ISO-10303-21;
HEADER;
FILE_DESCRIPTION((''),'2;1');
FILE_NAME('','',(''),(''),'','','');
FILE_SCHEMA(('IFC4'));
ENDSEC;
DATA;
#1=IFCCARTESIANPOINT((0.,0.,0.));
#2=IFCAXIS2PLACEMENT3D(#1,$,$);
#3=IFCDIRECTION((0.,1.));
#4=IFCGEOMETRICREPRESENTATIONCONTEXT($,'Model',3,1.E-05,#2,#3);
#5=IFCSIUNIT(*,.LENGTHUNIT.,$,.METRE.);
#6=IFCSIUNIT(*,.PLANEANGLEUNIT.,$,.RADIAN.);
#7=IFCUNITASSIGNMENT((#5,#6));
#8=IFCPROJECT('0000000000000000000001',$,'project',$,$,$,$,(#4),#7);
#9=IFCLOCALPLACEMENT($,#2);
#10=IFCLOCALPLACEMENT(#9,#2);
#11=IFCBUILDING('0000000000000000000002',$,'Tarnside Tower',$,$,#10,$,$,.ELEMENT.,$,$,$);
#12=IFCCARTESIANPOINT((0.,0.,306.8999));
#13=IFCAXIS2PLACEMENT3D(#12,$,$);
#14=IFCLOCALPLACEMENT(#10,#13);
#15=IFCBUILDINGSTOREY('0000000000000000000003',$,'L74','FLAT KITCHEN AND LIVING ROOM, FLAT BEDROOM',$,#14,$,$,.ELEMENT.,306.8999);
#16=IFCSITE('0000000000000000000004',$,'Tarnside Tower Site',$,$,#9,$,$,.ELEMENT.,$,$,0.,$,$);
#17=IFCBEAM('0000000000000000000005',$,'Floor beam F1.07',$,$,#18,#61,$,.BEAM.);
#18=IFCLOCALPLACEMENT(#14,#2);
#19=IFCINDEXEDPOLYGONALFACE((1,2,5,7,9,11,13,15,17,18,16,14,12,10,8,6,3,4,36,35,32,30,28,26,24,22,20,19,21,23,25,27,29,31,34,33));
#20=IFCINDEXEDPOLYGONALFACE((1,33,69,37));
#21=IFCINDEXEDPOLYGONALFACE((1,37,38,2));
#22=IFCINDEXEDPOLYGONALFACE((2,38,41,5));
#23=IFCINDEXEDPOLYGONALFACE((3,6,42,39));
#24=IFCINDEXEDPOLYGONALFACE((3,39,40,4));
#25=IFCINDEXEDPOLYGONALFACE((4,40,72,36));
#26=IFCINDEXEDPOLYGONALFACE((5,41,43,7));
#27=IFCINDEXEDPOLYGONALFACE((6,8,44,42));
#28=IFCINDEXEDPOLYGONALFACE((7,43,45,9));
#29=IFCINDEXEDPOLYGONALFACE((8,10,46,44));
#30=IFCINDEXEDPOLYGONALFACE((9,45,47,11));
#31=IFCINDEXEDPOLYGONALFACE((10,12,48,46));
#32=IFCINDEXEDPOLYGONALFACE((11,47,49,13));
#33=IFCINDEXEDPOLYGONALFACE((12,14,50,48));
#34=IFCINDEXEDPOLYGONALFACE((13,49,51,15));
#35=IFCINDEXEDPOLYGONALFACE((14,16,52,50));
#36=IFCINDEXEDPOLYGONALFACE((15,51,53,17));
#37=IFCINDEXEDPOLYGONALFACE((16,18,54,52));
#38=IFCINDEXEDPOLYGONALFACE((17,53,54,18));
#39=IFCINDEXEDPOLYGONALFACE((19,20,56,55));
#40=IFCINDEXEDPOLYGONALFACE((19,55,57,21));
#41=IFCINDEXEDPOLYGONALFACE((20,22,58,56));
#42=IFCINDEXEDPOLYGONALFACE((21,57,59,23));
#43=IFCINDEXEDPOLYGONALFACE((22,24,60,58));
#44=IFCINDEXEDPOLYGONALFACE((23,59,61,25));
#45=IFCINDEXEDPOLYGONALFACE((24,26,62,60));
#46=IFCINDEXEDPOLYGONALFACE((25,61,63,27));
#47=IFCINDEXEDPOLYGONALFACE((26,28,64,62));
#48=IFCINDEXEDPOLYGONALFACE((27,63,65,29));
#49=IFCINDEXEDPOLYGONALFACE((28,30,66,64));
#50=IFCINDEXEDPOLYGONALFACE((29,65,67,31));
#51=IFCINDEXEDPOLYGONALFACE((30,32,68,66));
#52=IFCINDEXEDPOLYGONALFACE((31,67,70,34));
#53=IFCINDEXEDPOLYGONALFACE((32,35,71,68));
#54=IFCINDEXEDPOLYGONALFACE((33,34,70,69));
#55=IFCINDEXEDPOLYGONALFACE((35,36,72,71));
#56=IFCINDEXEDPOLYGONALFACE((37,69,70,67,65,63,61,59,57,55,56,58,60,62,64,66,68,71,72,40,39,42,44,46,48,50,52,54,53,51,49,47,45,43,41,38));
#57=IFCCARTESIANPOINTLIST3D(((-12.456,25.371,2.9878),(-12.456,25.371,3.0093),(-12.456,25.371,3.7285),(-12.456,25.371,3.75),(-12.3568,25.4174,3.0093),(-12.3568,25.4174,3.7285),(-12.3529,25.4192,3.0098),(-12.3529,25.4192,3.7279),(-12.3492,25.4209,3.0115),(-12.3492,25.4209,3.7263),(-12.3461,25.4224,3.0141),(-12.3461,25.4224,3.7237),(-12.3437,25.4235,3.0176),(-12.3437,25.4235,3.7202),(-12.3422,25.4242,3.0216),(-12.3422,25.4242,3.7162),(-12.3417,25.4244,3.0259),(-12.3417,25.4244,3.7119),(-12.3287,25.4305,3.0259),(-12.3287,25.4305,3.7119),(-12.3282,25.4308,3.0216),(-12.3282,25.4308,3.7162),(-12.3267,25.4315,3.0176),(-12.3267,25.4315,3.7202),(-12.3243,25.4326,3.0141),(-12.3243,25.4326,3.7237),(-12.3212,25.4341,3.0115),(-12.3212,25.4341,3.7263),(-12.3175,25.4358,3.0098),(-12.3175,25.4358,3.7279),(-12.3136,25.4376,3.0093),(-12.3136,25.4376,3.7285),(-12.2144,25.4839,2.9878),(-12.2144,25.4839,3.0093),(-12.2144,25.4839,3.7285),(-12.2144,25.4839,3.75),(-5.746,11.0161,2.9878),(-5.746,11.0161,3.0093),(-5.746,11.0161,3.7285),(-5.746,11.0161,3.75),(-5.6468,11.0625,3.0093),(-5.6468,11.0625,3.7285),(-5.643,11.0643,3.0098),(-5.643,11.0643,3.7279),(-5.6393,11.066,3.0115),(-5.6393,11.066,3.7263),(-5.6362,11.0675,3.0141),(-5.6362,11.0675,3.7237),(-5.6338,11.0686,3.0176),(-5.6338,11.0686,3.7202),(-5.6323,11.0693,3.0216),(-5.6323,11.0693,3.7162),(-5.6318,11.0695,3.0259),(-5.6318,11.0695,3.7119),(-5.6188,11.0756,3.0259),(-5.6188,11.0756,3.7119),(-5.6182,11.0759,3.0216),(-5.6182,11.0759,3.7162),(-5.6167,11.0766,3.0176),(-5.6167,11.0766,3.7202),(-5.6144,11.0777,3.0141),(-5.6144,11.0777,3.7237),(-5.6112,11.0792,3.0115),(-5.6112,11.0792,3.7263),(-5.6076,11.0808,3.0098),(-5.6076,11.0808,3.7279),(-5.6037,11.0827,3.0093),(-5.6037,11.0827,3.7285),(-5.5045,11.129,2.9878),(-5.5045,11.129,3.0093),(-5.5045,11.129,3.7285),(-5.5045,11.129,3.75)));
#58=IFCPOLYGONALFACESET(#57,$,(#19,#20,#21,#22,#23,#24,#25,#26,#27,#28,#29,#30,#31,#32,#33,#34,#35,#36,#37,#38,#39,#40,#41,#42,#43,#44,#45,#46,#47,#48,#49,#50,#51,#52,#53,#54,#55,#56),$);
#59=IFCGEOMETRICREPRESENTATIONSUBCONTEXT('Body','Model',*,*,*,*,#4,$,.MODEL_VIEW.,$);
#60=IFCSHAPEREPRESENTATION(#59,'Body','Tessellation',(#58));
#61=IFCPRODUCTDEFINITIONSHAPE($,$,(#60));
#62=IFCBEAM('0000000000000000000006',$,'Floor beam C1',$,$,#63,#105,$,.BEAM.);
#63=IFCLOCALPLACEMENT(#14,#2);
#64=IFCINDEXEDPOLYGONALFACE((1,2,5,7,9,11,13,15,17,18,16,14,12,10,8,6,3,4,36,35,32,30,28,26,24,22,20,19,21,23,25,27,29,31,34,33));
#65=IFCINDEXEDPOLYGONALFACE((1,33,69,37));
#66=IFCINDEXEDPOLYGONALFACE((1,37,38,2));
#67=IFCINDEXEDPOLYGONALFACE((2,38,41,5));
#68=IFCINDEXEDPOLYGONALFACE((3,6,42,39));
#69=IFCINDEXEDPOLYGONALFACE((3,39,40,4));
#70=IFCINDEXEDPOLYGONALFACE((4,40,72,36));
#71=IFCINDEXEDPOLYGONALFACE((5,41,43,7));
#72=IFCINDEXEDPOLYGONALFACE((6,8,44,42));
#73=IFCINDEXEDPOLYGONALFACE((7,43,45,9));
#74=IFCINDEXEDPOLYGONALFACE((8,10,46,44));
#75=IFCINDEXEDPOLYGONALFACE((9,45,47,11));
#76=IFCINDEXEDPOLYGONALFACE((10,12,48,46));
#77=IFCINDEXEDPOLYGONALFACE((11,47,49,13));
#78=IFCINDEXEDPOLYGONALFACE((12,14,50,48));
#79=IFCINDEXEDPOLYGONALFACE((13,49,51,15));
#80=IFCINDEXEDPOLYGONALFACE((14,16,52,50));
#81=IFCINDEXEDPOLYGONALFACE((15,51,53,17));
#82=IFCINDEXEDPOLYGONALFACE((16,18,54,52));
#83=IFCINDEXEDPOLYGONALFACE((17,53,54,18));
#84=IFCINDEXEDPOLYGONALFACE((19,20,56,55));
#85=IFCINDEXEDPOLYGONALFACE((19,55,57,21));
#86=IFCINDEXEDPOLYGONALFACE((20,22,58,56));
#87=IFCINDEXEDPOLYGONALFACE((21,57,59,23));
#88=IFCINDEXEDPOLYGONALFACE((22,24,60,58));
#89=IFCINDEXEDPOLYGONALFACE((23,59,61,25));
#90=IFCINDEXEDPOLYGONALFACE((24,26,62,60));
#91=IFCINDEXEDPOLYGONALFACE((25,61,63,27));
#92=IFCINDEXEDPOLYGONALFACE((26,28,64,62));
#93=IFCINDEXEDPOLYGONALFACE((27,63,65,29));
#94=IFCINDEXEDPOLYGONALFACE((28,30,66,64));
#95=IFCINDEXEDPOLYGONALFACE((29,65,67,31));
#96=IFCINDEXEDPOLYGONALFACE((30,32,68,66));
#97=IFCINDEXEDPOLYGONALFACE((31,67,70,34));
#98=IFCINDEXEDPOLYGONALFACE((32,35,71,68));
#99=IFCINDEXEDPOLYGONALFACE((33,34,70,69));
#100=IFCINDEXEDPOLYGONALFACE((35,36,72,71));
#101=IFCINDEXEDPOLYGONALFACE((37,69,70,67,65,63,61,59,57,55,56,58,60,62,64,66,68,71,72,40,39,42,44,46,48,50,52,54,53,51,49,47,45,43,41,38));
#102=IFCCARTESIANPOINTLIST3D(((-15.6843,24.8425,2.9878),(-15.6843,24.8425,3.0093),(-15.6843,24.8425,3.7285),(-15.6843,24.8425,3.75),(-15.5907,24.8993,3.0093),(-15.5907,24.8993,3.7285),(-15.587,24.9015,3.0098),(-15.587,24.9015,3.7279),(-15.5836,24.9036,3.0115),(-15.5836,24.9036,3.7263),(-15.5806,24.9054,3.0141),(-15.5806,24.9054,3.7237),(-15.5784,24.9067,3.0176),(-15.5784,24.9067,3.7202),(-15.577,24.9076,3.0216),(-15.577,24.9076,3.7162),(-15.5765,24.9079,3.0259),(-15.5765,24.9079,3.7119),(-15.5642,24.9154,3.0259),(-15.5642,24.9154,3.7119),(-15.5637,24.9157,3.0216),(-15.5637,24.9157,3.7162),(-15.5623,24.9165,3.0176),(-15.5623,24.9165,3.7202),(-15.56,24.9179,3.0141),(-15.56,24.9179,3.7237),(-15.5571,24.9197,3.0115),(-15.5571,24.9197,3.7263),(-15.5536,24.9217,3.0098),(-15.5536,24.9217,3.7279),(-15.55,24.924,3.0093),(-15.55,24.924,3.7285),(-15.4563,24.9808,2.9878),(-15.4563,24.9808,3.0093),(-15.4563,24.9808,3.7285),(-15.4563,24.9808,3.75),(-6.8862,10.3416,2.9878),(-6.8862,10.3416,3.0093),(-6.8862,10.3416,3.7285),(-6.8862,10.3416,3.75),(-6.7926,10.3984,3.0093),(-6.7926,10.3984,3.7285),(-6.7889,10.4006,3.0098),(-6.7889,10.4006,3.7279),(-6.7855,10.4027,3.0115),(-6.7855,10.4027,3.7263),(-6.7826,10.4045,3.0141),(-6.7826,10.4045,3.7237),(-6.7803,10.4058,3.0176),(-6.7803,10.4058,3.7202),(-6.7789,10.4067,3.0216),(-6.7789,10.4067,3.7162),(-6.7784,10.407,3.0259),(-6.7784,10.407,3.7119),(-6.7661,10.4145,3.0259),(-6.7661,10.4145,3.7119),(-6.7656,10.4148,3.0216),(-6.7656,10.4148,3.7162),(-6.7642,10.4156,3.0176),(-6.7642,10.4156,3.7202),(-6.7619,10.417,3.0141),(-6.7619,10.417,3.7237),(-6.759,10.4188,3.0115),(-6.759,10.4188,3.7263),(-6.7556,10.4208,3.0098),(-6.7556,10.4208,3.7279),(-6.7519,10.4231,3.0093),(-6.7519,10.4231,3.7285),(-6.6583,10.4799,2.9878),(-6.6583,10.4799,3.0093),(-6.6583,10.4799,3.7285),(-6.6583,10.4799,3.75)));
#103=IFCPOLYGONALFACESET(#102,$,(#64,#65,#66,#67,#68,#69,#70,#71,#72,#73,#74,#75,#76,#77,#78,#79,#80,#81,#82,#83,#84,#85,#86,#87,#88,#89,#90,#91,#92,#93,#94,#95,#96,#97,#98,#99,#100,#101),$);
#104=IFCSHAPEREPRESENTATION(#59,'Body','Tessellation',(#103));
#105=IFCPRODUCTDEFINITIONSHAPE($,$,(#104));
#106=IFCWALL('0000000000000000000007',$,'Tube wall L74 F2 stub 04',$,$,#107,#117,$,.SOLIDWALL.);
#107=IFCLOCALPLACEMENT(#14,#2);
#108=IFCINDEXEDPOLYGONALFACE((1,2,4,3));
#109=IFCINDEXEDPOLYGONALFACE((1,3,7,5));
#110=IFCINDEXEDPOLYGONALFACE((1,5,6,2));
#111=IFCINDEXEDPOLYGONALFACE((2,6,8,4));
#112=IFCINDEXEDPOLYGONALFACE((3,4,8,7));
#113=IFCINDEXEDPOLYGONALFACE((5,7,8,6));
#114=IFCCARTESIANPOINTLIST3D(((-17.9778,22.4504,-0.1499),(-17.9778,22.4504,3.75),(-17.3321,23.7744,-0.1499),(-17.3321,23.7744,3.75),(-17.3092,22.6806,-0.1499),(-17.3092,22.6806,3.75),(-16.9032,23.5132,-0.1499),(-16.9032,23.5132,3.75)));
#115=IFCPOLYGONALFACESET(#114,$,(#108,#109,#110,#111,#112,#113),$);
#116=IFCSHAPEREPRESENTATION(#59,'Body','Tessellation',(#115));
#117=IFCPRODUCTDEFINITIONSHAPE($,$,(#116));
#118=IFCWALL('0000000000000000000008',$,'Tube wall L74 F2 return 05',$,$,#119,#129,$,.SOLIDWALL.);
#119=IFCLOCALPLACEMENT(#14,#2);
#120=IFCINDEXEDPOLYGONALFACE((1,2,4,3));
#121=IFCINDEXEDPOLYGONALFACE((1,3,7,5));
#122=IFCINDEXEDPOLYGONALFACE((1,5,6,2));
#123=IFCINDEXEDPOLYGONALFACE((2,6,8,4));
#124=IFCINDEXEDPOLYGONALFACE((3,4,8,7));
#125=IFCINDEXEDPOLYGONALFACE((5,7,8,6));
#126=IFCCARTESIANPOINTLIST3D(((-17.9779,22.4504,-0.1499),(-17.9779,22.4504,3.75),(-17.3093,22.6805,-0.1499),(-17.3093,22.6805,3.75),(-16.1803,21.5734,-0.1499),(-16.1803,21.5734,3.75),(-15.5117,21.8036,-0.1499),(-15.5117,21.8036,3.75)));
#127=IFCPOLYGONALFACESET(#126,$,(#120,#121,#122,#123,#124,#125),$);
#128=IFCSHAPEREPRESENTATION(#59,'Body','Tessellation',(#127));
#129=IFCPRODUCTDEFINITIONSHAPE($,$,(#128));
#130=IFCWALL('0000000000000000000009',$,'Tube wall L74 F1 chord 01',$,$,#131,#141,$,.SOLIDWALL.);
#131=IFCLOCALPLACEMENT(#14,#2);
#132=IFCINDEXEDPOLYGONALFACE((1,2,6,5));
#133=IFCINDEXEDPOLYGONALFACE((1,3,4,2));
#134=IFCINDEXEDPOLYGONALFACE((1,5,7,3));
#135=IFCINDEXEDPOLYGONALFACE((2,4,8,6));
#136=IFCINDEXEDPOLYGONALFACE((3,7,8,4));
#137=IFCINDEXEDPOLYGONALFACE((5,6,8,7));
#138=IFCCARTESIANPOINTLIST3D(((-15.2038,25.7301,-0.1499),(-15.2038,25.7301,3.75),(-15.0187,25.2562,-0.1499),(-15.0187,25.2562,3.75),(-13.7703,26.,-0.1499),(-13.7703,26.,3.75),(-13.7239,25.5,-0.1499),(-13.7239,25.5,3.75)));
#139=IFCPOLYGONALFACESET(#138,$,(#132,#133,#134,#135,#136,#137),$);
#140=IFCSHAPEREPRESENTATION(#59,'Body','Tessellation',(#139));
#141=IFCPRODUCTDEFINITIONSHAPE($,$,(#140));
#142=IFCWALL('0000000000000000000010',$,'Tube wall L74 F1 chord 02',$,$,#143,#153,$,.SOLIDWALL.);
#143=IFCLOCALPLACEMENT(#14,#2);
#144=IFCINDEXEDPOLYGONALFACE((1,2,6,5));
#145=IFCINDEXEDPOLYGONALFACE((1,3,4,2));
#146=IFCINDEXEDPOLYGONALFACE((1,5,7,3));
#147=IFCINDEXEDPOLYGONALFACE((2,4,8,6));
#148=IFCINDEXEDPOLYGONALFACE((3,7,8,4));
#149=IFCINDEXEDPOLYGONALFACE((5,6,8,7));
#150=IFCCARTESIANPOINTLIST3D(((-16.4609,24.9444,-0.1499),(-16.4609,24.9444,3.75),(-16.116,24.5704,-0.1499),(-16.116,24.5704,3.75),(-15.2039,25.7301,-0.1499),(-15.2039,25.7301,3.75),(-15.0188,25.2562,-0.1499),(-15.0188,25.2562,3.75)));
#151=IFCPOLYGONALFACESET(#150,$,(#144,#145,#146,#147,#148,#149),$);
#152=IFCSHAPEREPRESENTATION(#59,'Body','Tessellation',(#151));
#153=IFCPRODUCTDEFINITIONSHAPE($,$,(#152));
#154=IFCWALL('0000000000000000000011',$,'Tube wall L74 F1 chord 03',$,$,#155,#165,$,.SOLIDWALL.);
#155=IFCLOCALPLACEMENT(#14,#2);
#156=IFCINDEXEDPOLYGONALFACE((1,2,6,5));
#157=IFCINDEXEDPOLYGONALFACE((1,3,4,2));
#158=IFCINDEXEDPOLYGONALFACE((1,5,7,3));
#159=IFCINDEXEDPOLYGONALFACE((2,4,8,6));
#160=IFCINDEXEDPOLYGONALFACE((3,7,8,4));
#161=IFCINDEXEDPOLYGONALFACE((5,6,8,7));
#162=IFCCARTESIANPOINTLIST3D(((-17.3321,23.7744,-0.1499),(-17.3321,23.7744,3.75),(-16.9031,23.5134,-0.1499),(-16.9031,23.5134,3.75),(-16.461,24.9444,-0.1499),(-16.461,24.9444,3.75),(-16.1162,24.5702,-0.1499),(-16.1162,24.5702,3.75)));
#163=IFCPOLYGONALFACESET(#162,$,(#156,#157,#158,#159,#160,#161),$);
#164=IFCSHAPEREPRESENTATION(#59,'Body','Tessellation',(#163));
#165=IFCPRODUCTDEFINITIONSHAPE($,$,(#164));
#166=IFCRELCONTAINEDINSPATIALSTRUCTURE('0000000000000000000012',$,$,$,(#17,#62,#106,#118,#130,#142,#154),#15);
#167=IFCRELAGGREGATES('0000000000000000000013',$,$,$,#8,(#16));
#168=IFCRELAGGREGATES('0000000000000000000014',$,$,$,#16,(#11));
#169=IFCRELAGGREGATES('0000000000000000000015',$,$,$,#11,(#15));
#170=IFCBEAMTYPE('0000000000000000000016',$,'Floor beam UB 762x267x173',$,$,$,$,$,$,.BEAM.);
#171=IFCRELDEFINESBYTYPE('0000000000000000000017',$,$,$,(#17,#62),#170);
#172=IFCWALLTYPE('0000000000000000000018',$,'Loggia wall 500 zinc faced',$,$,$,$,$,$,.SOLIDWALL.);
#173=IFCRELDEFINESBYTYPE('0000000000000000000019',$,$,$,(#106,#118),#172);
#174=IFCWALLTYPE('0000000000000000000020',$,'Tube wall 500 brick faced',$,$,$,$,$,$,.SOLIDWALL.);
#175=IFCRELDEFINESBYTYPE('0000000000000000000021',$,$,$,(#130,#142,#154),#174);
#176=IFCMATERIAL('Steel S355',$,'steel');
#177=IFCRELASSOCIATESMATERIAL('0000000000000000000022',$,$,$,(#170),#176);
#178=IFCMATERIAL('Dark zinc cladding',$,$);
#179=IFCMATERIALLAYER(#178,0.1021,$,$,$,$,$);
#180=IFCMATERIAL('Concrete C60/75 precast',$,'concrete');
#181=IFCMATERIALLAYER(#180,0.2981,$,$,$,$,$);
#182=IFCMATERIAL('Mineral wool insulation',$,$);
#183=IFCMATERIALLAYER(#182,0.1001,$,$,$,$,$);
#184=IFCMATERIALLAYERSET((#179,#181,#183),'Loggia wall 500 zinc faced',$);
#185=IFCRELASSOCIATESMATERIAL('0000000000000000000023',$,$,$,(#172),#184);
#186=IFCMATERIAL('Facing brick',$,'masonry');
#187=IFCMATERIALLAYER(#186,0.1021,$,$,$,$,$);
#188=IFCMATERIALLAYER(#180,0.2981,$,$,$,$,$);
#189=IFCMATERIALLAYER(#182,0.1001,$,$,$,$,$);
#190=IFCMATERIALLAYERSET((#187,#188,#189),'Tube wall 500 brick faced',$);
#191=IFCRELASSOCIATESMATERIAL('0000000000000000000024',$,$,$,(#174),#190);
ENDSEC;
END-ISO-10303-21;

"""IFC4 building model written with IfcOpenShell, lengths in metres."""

from ifc_helpers import new_model, si_unit, direction, frame, origin, origin_2d, place, context, subcontext, project, spatial, polyline, i_section, outline, extrude, material, layer, layer_set, material_profile, profile_set, type_object, element, save


model = new_model("IFC4")

# Units and contexts
model_context = context("Model", 3, precision=1e-05, world=origin(), true_north=direction((0.0, 1.0)))
body_context = subcontext(model_context, "Body", "Model", "MODEL_VIEW")
ifc_project = project(units=[si_unit("LENGTHUNIT", "METRE"), si_unit("PLANEANGLEUNIT", "RADIAN")], contexts=[model_context])

# Site, building, storey
site_placement = place(None, origin())
site = spatial("IfcSite", under=ifc_project, at=site_placement, Name="Tarnside Tower Site", CompositionType="ELEMENT", RefElevation=0.0)
building_placement = place(site_placement, origin())
building = spatial("IfcBuilding", under=site, at=building_placement, Name="Tarnside Tower", CompositionType="ELEMENT")
storey_placement = place(building_placement, frame((0.0, 0.0, 306.8999)))
storey = spatial("IfcBuildingStorey", under=building, at=storey_placement, Name="L74", Description="FLAT KITCHEN AND LIVING ROOM, FLAT BEDROOM", CompositionType="ELEMENT", Elevation=306.8999)

# Beams
ifc_material_1 = material(Name="Steel S355", Category="steel")
ifc_material_profile = material_profile(ifc_material_1, i_section(OverallWidth=0.2666, OverallDepth=0.7622, WebThickness=0.0144, FlangeThickness=0.0215, FilletRadius=0.0166, at=origin_2d()), Name="UB 762x267x173")
ifc_profile_set = profile_set([ifc_material_profile], Name="Steel S355")
beam_type = type_object("IfcBeamType", Name="Floor beam UB 762x267x173", PredefinedType="BEAM", material=ifc_profile_set)
beam_1_placement = place(storey_placement, frame((-12.3352, 25.4275, 3.3689), z_axis=(0.423454, -0.905918, 0.0), x_axis=(0.905918, 0.423454, 0.0)))
element("IfcBeam", 1, at=beam_1_placement, inside=storey, type_object=beam_type, Name="Floor beam F1.07", PredefinedType="BEAM", context=body_context, shape_type="SweptSolid", body=[
    extrude(i_section(OverallWidth=0.2666, OverallDepth=0.7622, WebThickness=0.0144, FlangeThickness=0.0215, FilletRadius=0.0166, at=origin_2d()), origin(), (0.0, 0.0, 1.0), 15.8457),
])
beam_2_placement = place(storey_placement, frame((-15.5703, 24.9116, 3.3689), z_axis=(0.518717, -0.854946, 0.0), x_axis=(0.854946, 0.518717, 0.0)))
element("IfcBeam", 2, at=beam_2_placement, inside=storey, type_object=beam_type, Name="Floor beam C1", PredefinedType="BEAM", context=body_context, shape_type="SweptSolid", body=[
    extrude(i_section(OverallWidth=0.2666, OverallDepth=0.7622, WebThickness=0.0144, FlangeThickness=0.0215, FilletRadius=0.0166, at=origin_2d()), origin(), (0.0, 0.0, 1.0), 16.9612),
])

# Walls
ifc_material_2 = material(Name="Dark zinc cladding")
ifc_layer_1 = layer(ifc_material_2, 0.1021)
ifc_material_3 = material(Name="Concrete C60/75 precast", Category="concrete")
ifc_layer_2 = layer(ifc_material_3, 0.2981)
ifc_material_4 = material(Name="Mineral wool insulation")
ifc_layer_3 = layer(ifc_material_4, 0.1001)
ifc_layer_set_1 = layer_set([ifc_layer_1, ifc_layer_2, ifc_layer_3], Name="Loggia wall 500 zinc faced")
wall_type_1 = type_object("IfcWallType", Name="Loggia wall 500 zinc faced", PredefinedType="SOLIDWALL", material=ifc_layer_set_1)
wall_1_placement = place(storey_placement, frame((-17.1177, 23.6438, -0.1499), z_axis=(0.0, 0.0, 1.0), x_axis=(-0.438319, -0.898819, 0.0)))
element("IfcWall", 3, at=wall_1_placement, inside=storey, type_object=wall_type_1, Name="Tube wall L74 F2 stub 04", PredefinedType="SOLIDWALL", context=body_context, shape_type="SweptSolid", body=[
    extrude(outline(polyline([(-0.0234, -0.25), (1.4497, -0.25), (0.9497, 0.25), (0.0234, 0.25), (-0.0234, -0.25)])), origin(), (0.0, 0.0, 1.0), 3.8999),
])
wall_2_placement = place(storey_placement, frame((-17.6436, 22.5654, -0.1499), z_axis=(0.0, 0.0, 1.0), x_axis=(0.898754, -0.438452, 0.0)))
element("IfcWall", 4, at=wall_2_placement, inside=storey, type_object=wall_type_1, Name="Tube wall L74 F2 return 05", PredefinedType="SOLIDWALL", context=body_context, shape_type="SweptSolid", body=[
    extrude(outline(polyline([(-0.25, -0.25), (1.75, -0.25), (2.25, 0.25), (0.25, 0.25), (-0.25, -0.25)])), origin(), (0.0, 0.0, 1.0), 3.8999),
])

# Walls
ifc_material_5 = material(Name="Facing brick", Category="masonry")
ifc_layer_4 = layer(ifc_material_5, 0.1021)
ifc_layer_5 = layer(ifc_material_3, 0.2981)
ifc_layer_6 = layer(ifc_material_4, 0.1001)
ifc_layer_set_2 = layer_set([ifc_layer_4, ifc_layer_5, ifc_layer_6], Name="Tube wall 500 brick faced")
wall_type_2 = type_object("IfcWallType", Name="Tube wall 500 brick faced", PredefinedType="SOLIDWALL", material=ifc_layer_set_2)
wall_3_placement = place(storey_placement, frame((-13.7471, 25.75, -0.1499), z_axis=(0.0, 0.0, 1.0), x_axis=(-0.982737, -0.185011, 0.0)))
element("IfcWall", 5, at=wall_3_placement, inside=storey, type_object=wall_type_2, Name="Tube wall L74 F1 chord 01", PredefinedType="SOLIDWALL", context=body_context, shape_type="SweptSolid", body=[
    extrude(outline(polyline([(-0.0234, -0.25), (1.4353, -0.25), (1.3411, 0.25), (0.0234, 0.25), (-0.0234, -0.25)])), origin(), (0.0, 0.0, 1.0), 3.8999),
])
wall_4_placement = place(storey_placement, frame((-15.1113, 25.4932, -0.1499), z_axis=(0.0, 0.0, 1.0), x_axis=(-0.847979, -0.530031, 0.0)))
element("IfcWall", 6, at=wall_4_placement, inside=storey, type_object=wall_type_2, Name="Tube wall L74 F1 chord 02", PredefinedType="SOLIDWALL", context=body_context, shape_type="SweptSolid", body=[
    extrude(outline(polyline([(-0.0471, -0.25), (1.4353, -0.25), (1.3411, 0.25), (0.0471, 0.25), (-0.0471, -0.25)])), origin(), (0.0, 0.0, 1.0), 3.8999),
])
wall_5_placement = place(storey_placement, frame((-16.2886, 24.7573, -0.1499), z_axis=(0.0, 0.0, 1.0), x_axis=(-0.597211, -0.802084, 0.0)))
element("IfcWall", 7, at=wall_5_placement, inside=storey, type_object=wall_type_2, Name="Tube wall L74 F1 chord 03", PredefinedType="SOLIDWALL", context=body_context, shape_type="SweptSolid", body=[
    extrude(outline(polyline([(-0.0471, -0.25), (1.4116, -0.25), (1.3647, 0.25), (0.0471, 0.25), (-0.0471, -0.25)])), origin(), (0.0, 0.0, 1.0), 3.8999),
])

save(model, "model.ifc")
